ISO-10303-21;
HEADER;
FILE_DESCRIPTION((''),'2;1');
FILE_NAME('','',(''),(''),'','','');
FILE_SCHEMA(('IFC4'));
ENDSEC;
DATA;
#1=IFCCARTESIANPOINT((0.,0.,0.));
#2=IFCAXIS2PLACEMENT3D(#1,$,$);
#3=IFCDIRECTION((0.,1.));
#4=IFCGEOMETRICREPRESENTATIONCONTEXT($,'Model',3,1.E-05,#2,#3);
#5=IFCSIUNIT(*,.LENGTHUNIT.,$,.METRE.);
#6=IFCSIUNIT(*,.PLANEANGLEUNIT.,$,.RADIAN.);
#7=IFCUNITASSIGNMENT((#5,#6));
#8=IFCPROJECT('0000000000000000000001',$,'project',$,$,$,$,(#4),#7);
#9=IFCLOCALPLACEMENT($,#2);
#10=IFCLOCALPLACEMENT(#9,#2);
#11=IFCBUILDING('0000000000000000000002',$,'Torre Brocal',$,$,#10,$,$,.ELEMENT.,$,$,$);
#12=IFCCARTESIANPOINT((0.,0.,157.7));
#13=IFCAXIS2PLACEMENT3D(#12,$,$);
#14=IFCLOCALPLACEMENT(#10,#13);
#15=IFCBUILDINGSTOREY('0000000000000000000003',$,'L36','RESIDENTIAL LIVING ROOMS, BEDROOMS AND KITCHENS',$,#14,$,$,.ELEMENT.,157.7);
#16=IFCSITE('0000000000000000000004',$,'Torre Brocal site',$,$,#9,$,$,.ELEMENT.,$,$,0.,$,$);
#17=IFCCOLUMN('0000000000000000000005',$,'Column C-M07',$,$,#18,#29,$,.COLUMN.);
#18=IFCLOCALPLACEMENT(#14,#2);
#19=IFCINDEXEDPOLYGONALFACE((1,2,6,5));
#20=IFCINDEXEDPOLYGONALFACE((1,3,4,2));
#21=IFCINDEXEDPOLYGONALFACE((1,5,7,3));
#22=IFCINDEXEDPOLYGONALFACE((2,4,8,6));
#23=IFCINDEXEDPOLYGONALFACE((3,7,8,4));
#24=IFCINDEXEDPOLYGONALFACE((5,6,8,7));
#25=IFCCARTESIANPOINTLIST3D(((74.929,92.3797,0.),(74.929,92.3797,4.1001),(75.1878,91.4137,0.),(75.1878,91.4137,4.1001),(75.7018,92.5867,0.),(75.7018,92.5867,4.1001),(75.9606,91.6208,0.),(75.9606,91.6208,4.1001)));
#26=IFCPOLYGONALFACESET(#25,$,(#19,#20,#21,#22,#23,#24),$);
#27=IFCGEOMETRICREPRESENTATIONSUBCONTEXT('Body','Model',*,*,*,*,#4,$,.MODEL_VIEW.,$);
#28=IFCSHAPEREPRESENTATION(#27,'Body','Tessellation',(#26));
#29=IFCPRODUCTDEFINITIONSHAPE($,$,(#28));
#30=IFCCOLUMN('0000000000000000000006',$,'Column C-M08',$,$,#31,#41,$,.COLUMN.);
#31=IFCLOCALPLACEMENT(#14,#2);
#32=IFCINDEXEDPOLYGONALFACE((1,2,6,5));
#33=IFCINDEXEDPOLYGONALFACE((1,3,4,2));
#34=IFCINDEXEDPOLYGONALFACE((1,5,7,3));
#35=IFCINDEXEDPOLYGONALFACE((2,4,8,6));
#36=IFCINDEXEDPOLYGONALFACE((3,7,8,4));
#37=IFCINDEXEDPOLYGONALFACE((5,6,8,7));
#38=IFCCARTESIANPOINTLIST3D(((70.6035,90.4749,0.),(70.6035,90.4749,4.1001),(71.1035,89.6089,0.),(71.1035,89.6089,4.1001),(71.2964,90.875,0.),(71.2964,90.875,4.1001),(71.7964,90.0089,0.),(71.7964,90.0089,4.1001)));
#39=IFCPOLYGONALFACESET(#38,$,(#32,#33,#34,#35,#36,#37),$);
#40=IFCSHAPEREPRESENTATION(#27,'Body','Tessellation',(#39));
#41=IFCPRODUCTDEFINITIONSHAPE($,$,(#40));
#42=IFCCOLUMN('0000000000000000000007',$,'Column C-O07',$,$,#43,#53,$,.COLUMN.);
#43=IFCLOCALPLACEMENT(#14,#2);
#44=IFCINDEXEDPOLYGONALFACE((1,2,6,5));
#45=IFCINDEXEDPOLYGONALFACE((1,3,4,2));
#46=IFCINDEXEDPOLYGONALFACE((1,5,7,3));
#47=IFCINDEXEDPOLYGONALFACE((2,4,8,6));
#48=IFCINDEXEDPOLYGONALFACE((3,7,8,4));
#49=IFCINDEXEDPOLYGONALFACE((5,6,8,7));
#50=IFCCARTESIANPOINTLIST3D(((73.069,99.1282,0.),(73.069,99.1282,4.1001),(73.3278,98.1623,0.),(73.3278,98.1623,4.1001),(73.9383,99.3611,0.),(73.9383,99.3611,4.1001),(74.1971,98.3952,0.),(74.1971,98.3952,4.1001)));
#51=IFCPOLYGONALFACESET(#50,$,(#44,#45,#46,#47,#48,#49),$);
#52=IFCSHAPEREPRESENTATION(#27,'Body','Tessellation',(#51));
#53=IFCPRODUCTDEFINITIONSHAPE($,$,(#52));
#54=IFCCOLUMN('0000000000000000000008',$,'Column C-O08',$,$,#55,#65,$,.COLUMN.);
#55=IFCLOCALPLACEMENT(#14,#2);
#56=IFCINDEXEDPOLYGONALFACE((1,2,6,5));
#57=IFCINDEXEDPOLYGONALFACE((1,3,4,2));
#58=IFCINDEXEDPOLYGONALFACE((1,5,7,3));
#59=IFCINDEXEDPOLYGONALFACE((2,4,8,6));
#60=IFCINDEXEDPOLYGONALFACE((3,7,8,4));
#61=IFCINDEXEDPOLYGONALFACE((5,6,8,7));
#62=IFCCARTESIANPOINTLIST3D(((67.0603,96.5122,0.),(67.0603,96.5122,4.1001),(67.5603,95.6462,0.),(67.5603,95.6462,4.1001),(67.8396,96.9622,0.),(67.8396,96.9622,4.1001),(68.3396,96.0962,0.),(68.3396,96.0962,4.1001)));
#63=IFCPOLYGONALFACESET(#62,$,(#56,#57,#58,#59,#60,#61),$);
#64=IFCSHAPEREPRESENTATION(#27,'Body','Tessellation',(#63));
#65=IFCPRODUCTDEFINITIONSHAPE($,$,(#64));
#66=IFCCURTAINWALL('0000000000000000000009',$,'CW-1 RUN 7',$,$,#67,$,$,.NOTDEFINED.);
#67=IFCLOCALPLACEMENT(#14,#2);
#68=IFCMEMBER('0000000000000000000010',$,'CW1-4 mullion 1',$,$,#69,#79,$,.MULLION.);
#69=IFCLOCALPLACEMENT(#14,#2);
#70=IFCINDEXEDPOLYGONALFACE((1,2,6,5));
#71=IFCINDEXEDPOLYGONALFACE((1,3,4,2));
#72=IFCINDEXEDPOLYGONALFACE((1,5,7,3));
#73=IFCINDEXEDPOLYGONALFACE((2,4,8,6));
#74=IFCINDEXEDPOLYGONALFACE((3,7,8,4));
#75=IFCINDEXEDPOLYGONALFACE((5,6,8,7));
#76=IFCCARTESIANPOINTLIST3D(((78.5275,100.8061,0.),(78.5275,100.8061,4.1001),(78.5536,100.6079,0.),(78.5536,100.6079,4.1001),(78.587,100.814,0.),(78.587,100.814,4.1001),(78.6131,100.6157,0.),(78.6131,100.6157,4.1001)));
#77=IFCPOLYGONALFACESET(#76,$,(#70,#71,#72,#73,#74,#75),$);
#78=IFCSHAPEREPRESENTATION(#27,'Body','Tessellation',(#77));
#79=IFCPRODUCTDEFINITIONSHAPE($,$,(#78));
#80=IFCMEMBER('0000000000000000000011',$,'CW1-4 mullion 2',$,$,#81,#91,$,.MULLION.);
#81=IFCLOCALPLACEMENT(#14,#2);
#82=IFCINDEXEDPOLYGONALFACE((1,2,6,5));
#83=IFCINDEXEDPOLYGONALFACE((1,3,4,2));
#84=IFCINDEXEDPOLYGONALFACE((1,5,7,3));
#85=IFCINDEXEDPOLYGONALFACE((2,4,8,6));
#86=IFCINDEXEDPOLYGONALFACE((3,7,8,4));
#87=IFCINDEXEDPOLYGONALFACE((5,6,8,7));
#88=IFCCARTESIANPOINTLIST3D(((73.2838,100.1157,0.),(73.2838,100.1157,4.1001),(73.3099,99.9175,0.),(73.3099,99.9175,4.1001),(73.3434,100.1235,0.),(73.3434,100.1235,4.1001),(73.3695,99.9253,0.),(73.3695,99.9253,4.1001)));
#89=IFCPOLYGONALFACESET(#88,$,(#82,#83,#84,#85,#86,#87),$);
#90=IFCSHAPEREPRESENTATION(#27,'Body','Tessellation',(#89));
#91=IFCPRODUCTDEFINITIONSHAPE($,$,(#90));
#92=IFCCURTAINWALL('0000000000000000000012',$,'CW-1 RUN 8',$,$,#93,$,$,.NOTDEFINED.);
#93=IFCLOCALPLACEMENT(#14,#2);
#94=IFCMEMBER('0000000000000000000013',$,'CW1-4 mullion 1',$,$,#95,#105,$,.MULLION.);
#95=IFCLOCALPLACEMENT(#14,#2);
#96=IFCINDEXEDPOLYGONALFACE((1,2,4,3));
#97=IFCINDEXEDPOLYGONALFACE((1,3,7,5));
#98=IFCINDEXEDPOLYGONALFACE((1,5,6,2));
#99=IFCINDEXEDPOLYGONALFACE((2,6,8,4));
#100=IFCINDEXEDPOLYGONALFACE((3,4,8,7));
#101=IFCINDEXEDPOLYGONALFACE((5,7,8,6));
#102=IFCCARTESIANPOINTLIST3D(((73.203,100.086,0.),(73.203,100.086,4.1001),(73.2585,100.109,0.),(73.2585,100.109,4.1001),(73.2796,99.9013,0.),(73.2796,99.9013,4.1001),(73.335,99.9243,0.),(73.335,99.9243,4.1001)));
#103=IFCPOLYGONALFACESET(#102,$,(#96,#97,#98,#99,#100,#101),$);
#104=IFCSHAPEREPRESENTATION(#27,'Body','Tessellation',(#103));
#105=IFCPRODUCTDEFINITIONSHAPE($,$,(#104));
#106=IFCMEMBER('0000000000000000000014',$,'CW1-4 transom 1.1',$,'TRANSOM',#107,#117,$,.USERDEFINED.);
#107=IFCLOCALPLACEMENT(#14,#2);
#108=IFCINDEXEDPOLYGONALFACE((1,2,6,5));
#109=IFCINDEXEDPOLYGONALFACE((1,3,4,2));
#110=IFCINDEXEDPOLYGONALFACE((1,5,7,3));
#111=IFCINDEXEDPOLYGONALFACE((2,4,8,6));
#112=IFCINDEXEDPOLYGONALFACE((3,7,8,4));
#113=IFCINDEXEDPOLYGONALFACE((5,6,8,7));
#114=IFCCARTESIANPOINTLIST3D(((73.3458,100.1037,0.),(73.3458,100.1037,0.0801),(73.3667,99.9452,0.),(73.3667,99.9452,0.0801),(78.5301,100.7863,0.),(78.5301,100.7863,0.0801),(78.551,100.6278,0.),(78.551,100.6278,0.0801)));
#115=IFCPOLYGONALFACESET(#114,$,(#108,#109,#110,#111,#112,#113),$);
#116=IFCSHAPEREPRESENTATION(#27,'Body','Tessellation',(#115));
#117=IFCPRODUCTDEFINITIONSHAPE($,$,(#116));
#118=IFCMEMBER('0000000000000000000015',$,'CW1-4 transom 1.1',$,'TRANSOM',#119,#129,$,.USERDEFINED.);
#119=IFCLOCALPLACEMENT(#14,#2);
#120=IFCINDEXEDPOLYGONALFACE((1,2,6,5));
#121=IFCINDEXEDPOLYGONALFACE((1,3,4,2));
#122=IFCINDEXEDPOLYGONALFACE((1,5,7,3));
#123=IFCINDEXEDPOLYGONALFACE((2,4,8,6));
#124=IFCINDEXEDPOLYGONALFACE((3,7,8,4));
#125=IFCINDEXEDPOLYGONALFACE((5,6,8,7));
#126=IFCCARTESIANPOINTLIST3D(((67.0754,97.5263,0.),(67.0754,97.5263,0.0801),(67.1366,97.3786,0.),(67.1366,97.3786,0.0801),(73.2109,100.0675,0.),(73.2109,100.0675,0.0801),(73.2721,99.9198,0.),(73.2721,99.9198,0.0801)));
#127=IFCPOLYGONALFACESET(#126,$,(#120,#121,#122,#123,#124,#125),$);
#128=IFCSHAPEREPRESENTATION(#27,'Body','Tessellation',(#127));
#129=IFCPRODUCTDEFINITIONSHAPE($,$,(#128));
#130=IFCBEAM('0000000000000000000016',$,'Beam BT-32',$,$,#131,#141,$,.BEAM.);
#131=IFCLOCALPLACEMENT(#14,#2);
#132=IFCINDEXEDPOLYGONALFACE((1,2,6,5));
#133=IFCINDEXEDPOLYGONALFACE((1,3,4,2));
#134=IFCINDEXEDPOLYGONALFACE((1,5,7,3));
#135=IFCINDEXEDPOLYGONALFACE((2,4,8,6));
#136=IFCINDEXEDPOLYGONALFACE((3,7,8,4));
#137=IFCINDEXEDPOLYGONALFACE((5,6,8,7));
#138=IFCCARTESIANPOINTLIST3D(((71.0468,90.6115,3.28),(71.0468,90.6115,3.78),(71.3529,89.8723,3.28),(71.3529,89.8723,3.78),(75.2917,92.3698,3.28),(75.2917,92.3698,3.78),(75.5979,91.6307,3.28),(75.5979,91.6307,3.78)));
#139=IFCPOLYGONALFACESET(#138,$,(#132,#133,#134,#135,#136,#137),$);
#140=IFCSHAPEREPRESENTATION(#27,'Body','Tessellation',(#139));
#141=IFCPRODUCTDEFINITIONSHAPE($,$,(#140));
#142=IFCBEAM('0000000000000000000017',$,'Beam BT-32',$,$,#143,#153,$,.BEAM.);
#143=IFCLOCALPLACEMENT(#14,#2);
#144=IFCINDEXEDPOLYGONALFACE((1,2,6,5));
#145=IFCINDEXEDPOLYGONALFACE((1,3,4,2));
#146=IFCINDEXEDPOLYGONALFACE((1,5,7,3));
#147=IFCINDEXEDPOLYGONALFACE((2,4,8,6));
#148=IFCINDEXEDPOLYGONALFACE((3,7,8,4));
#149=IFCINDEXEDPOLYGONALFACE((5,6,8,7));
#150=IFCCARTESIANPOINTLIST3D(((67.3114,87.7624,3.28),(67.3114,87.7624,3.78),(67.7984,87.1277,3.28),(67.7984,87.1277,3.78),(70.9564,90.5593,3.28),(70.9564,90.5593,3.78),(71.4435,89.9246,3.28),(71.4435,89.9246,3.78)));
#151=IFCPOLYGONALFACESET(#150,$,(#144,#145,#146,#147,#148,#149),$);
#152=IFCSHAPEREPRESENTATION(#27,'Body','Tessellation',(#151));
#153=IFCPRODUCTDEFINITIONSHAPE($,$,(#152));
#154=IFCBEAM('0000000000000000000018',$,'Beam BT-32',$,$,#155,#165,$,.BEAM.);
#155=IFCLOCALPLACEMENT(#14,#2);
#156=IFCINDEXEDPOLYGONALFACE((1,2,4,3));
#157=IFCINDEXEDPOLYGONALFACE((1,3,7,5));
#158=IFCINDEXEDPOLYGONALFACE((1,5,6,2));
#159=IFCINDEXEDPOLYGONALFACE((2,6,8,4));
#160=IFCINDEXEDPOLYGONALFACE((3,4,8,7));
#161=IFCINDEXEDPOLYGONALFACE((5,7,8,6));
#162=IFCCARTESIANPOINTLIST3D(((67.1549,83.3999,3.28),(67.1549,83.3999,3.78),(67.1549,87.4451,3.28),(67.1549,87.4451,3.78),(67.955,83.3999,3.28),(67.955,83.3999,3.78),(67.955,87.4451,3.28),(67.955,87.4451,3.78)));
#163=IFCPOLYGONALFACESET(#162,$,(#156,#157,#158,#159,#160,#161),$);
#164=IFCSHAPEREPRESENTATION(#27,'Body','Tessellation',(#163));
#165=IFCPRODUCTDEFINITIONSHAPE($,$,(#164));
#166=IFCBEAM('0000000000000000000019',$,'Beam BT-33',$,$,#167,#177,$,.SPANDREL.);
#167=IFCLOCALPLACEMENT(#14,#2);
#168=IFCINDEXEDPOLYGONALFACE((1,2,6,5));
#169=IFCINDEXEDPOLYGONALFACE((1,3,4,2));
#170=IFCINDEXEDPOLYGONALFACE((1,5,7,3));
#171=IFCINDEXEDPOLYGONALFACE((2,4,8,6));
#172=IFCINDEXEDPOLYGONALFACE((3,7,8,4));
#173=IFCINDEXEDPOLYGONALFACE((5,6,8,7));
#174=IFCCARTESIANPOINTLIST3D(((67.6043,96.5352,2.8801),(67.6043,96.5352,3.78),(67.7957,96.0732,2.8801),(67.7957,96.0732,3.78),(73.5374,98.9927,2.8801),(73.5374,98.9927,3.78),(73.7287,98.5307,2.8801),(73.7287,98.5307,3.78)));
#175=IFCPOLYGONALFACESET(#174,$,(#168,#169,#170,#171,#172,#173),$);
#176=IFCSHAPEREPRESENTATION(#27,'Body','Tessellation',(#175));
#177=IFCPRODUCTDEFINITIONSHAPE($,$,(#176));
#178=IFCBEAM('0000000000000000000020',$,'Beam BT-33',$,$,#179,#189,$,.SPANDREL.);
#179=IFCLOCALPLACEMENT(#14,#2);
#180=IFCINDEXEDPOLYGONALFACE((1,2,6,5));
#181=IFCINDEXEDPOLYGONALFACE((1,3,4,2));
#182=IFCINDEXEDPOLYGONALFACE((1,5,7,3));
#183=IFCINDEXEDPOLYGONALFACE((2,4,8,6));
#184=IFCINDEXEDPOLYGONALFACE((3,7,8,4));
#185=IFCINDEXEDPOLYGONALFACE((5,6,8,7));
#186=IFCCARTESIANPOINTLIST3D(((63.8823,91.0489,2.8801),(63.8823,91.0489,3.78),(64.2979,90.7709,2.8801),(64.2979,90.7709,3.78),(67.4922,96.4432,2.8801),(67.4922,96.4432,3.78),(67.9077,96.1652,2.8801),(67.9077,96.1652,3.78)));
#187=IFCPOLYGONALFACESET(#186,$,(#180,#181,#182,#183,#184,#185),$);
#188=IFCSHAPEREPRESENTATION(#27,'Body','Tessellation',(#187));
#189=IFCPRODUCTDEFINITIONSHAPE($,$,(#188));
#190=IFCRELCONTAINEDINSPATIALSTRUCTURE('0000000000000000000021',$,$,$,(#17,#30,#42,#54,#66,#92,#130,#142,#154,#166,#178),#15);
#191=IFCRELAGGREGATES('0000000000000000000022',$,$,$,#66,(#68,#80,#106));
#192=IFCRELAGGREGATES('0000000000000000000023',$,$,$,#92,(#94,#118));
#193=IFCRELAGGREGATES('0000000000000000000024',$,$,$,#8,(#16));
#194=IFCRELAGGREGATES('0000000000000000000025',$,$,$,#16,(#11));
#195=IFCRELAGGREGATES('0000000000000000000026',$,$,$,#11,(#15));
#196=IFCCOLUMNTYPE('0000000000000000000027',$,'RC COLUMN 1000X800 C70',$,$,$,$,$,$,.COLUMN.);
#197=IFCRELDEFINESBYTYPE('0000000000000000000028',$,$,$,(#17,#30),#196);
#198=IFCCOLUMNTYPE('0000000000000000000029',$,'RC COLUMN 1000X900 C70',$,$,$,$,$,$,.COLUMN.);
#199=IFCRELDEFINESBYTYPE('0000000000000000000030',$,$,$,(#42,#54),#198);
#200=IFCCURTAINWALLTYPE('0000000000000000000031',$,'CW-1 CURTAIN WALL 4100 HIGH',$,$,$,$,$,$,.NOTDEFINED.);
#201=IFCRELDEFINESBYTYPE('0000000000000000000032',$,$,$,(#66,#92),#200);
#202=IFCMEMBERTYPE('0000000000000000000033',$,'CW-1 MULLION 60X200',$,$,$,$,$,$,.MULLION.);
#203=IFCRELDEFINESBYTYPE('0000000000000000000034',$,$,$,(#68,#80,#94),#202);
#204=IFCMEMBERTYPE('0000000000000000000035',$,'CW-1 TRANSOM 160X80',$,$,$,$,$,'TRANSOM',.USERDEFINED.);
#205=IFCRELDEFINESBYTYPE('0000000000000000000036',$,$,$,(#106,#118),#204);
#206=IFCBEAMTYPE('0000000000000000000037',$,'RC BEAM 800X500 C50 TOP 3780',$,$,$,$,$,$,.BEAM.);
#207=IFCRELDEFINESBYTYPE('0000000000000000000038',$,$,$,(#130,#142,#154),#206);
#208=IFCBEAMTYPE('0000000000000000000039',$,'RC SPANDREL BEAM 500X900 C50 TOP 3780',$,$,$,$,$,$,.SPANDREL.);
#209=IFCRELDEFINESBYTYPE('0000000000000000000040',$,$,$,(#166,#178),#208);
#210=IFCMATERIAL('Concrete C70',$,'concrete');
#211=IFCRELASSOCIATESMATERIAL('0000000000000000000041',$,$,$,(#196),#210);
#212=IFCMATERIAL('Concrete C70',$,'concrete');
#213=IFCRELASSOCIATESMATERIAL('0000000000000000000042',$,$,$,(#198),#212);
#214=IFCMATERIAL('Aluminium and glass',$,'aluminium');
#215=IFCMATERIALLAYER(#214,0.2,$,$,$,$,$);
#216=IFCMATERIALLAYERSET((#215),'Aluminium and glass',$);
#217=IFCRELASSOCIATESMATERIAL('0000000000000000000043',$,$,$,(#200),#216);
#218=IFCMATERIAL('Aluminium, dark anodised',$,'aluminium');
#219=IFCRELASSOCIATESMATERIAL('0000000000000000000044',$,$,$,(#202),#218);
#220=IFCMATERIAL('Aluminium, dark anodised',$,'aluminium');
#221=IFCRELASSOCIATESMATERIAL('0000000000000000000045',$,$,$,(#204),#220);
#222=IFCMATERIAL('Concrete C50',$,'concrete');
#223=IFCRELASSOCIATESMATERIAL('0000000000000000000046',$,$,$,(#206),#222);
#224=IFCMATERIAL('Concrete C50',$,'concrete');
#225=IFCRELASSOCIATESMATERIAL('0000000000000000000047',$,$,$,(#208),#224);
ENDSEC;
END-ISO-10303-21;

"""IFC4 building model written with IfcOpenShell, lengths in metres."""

from ifc_helpers import new_model, si_unit, direction, frame, origin, origin_2d, place, context, subcontext, project, spatial, rectangle, extrude, material, layer, layer_set, material_profile, profile_set, type_object, element, aggregate, save


model = new_model("IFC4")

# Units and contexts
model_context = context("Model", 3, precision=1e-05, world=origin(), true_north=direction((0.0, 1.0)))
body_context = subcontext(model_context, "Body", "Model", "MODEL_VIEW")
ifc_project = project(units=[si_unit("LENGTHUNIT", "METRE"), si_unit("PLANEANGLEUNIT", "RADIAN")], contexts=[model_context])

# Site, building, storey
site_placement = place(None, origin())
site = spatial("IfcSite", under=ifc_project, at=site_placement, Name="Torre Brocal site", CompositionType="ELEMENT", RefElevation=0.0)
building_placement = place(site_placement, origin())
building = spatial("IfcBuilding", under=site, at=building_placement, Name="Torre Brocal", CompositionType="ELEMENT")
storey_placement = place(building_placement, frame((0.0, 0.0, 157.7)))
storey = spatial("IfcBuildingStorey", under=building, at=storey_placement, Name="L36", Description="RESIDENTIAL LIVING ROOMS, BEDROOMS AND KITCHENS", CompositionType="ELEMENT", Elevation=157.7)

# Columns
ifc_material_1 = material(Name="Concrete C70", Category="concrete")
ifc_material_profile_1 = material_profile(ifc_material_1, rectangle(XDim=1.0, YDim=0.8, at=origin_2d()), Name="RC 1000X800")
ifc_profile_set_1 = profile_set([ifc_material_profile_1], Name="Concrete C70")
column_type_1 = type_object("IfcColumnType", Name="RC COLUMN 1000X800 C70", PredefinedType="COLUMN", material=ifc_profile_set_1)
for number, where, z_axis, x_axis, name in (
    (1, (75.4448, 92.0002, 0.0), (0.0, 0.0, 1.0), (-0.258819, 0.965926, 0.0), "Column C-M07"),
    (2, (71.2, 90.2419, 0.0), (0.0, 0.0, 1.0), (-0.5, 0.866025, 0.0), "Column C-M08"),
):
    element("IfcColumn", number, at=place(storey_placement, frame(where, z_axis=z_axis, x_axis=x_axis)), inside=storey, type_object=column_type_1, Name=name, PredefinedType="COLUMN", context=body_context, shape_type="SweptSolid", body=[
        extrude(rectangle(XDim=1.0, YDim=0.8, at=origin_2d()), origin(), (0.0, 0.0, 1.0), 4.1001),
    ])
ifc_material_2 = material(Name="Concrete C70", Category="concrete")
ifc_material_profile_2 = material_profile(ifc_material_2, rectangle(XDim=1.0, YDim=0.8999, at=origin_2d()), Name="RC 1000X900")
ifc_profile_set_2 = profile_set([ifc_material_profile_2], Name="Concrete C70")
column_type_2 = type_object("IfcColumnType", Name="RC COLUMN 1000X900 C70", PredefinedType="COLUMN", material=ifc_profile_set_2)
for number, where, z_axis, x_axis, name in (
    (3, (73.6331, 98.7617, 0.0), (0.0, 0.0, 1.0), (-0.258819, 0.965926, 0.0), "Column C-O07"),
    (4, (67.7, 96.3042, 0.0), (0.0, 0.0, 1.0), (-0.5, 0.866025, 0.0), "Column C-O08"),
):
    element("IfcColumn", number, at=place(storey_placement, frame(where, z_axis=z_axis, x_axis=x_axis)), inside=storey, type_object=column_type_2, Name=name, PredefinedType="COLUMN", context=body_context, shape_type="SweptSolid", body=[
        extrude(rectangle(XDim=1.0, YDim=0.8999, at=origin_2d()), origin(), (0.0, 0.0, 1.0), 4.1001),
    ])

# Curtain wall, members
ifc_material_3 = material(Name="Aluminium and glass", Category="aluminium")
ifc_layer_1 = layer(ifc_material_3, 0.2)
ifc_layer_set_1 = layer_set([ifc_layer_1], Name="Aluminium and glass")
curtain_wall_type = type_object("IfcCurtainWallType", Name="CW-1 CURTAIN WALL 4100 HIGH", PredefinedType="NOTDEFINED", material=ifc_layer_set_1)
curtain_wall_1_placement = place(storey_placement, origin())
curtain_wall_1 = element("IfcCurtainWall", 5, at=curtain_wall_1_placement, inside=storey, type_object=curtain_wall_type, Name="CW-1 RUN 7", PredefinedType="NOTDEFINED")
ifc_material_4 = material(Name="Aluminium, dark anodised", Category="aluminium")
ifc_material_profile_3 = material_profile(ifc_material_4, rectangle(XDim=0.2, YDim=0.0601, at=origin_2d()), Name="CW-1 MULLION 60X200")
ifc_profile_set_3 = profile_set([ifc_material_profile_3], Name="Aluminium, dark anodised")
member_type_1 = type_object("IfcMemberType", Name="CW-1 MULLION 60X200", PredefinedType="MULLION", material=ifc_profile_set_3)
member_1_placement = place(storey_placement, frame((78.5703, 100.7109, 0.0), z_axis=(0.0, 0.0, 1.0), x_axis=(0.130526, -0.991445, 0.0)))
member_1 = element("IfcMember", 6, at=member_1_placement, type_object=member_type_1, Name="CW1-4 mullion 1", PredefinedType="MULLION", context=body_context, shape_type="SweptSolid", body=[
    extrude(rectangle(XDim=0.2, YDim=0.0601, at=origin_2d()), origin(), (0.0, 0.0, 1.0), 4.1001),
])
member_2_placement = place(storey_placement, frame((73.3267, 100.0205, 0.0), z_axis=(0.0, 0.0, 1.0), x_axis=(0.130526, -0.991445, 0.0)))
member_2 = element("IfcMember", 7, at=member_2_placement, type_object=member_type_1, Name="CW1-4 mullion 2", PredefinedType="MULLION", context=body_context, shape_type="SweptSolid", body=[
    extrude(rectangle(XDim=0.2, YDim=0.0601, at=origin_2d()), origin(), (0.0, 0.0, 1.0), 4.1001),
])

# Curtain wall, member
curtain_wall_2_placement = place(storey_placement, origin())
curtain_wall_2 = element("IfcCurtainWall", 8, at=curtain_wall_2_placement, inside=storey, type_object=curtain_wall_type, Name="CW-1 RUN 8", PredefinedType="NOTDEFINED")
member_3_placement = place(storey_placement, frame((73.269, 100.0051, 0.0), z_axis=(0.0, 0.0, 1.0), x_axis=(0.382683, -0.92388, 0.0)))
member_3 = element("IfcMember", 9, at=member_3_placement, type_object=member_type_1, Name="CW1-4 mullion 1", PredefinedType="MULLION", context=body_context, shape_type="SweptSolid", body=[
    extrude(rectangle(XDim=0.2, YDim=0.0601, at=origin_2d()), origin(), (0.0, 0.0, 1.0), 4.1001),
])

# Members
ifc_material_5 = material(Name="Aluminium, dark anodised", Category="aluminium")
ifc_material_profile_4 = material_profile(ifc_material_5, rectangle(XDim=0.1599, YDim=0.0801, at=origin_2d()), Name="CW-1 TRANSOM 160X80")
ifc_profile_set_4 = profile_set([ifc_material_profile_4], Name="Aluminium, dark anodised")
member_type_2 = type_object("IfcMemberType", Name="CW-1 TRANSOM 160X80", ElementType="TRANSOM", PredefinedType="USERDEFINED", material=ifc_profile_set_4)
member_4_placement = place(storey_placement, frame((78.5405, 100.707, 0.04), z_axis=(-0.991443, -0.130543, 0.0), x_axis=(0.130543, -0.991443, 0.0)))
member_4 = element("IfcMember", 10, at=member_4_placement, type_object=member_type_2, Name="CW1-4 transom 1.1", ObjectType="TRANSOM", PredefinedType="USERDEFINED", context=body_context, shape_type="SweptSolid", body=[
    extrude(rectangle(XDim=0.1599, YDim=0.0801, at=origin_2d()), origin(), (0.0, 0.0, 1.0), 5.229),
])
member_5_placement = place(storey_placement, frame((73.2415, 99.9937, 0.04), z_axis=(-0.923887, -0.382665, 0.0), x_axis=(0.382665, -0.923887, 0.0)))
member_5 = element("IfcMember", 11, at=member_5_placement, type_object=member_type_2, Name="CW1-4 transom 1.1", ObjectType="TRANSOM", PredefinedType="USERDEFINED", context=body_context, shape_type="SweptSolid", body=[
    extrude(rectangle(XDim=0.1599, YDim=0.0801, at=origin_2d()), origin(), (0.0, 0.0, 1.0), 6.6409),
])

# Beams
ifc_material_6 = material(Name="Concrete C50", Category="concrete")
ifc_material_profile_5 = material_profile(ifc_material_6, rectangle(XDim=0.8, YDim=0.5, at=origin_2d()), Name="RC 800X500")
ifc_profile_set_5 = profile_set([ifc_material_profile_5], Name="Concrete C50")
beam_type_1 = type_object("IfcBeamType", Name="RC BEAM 800X500 C50 TOP 3780", PredefinedType="BEAM", material=ifc_profile_set_5)
beam_1_placement = place(storey_placement, frame((75.4448, 92.0002, 3.53), z_axis=(-0.923878, -0.382687, 0.0), x_axis=(0.382687, -0.923878, 0.0)))
element("IfcBeam", 12, at=beam_1_placement, inside=storey, type_object=beam_type_1, Name="Beam BT-32", PredefinedType="BEAM", context=body_context, shape_type="SweptSolid", body=[
    extrude(rectangle(XDim=0.8, YDim=0.5, at=origin_2d()), origin(), (0.0, 0.0, 1.0), 4.5947),
])
beam_2_placement = place(storey_placement, frame((71.2, 90.2419, 3.53), z_axis=(-0.793358, -0.608755, 0.0), x_axis=(0.608755, -0.793358, 0.0)))
element("IfcBeam", 13, at=beam_2_placement, inside=storey, type_object=beam_type_1, Name="Beam BT-32", PredefinedType="BEAM", context=body_context, shape_type="SweptSolid", body=[
    extrude(rectangle(XDim=0.8, YDim=0.5, at=origin_2d()), origin(), (0.0, 0.0, 1.0), 4.5945),
])
beam_3_placement = place(storey_placement, frame((67.5549, 87.4451, 3.53), z_axis=(0.0, -1.0, 0.0), x_axis=(1.0, 0.0, 0.0)))
element("IfcBeam", 14, at=beam_3_placement, inside=storey, type_object=beam_type_1, Name="Beam BT-32", PredefinedType="BEAM", context=body_context, shape_type="SweptSolid", body=[
    extrude(rectangle(XDim=0.8, YDim=0.5, at=origin_2d()), origin(), (0.0, 0.0, 1.0), 4.0452),
])
ifc_material_7 = material(Name="Concrete C50", Category="concrete")
ifc_material_profile_6 = material_profile(ifc_material_7, rectangle(XDim=0.5, YDim=0.8999, at=origin_2d()), Name="RC 500X900")
ifc_profile_set_6 = profile_set([ifc_material_profile_6], Name="Concrete C50")
beam_type_2 = type_object("IfcBeamType", Name="RC SPANDREL BEAM 500X900 C50 TOP 3780", PredefinedType="SPANDREL", material=ifc_profile_set_6)
beam_4_placement = place(storey_placement, frame((73.6331, 98.7617, 3.3301), z_axis=(-0.923882, -0.382676, 0.0), x_axis=(0.382676, -0.923882, 0.0)))
element("IfcBeam", 15, at=beam_4_placement, inside=storey, type_object=beam_type_2, Name="Beam BT-33", PredefinedType="SPANDREL", context=body_context, shape_type="SweptSolid", body=[
    extrude(rectangle(XDim=0.5, YDim=0.8999, at=origin_2d()), origin(), (0.0, 0.0, 1.0), 6.4219),
])
beam_5_placement = place(storey_placement, frame((67.7, 96.3042, 3.3301), z_axis=(-0.556158, -0.831077, 0.0), x_axis=(0.831077, -0.556158, 0.0)))
element("IfcBeam", 16, at=beam_5_placement, inside=storey, type_object=beam_type_2, Name="Beam BT-33", PredefinedType="SPANDREL", context=body_context, shape_type="SweptSolid", body=[
    extrude(rectangle(XDim=0.5, YDim=0.8999, at=origin_2d()), origin(), (0.0, 0.0, 1.0), 6.4907),
])

aggregate(curtain_wall_1, [member_1, member_2, member_4])
aggregate(curtain_wall_2, [member_3, member_5])

save(model, "model.ifc")
